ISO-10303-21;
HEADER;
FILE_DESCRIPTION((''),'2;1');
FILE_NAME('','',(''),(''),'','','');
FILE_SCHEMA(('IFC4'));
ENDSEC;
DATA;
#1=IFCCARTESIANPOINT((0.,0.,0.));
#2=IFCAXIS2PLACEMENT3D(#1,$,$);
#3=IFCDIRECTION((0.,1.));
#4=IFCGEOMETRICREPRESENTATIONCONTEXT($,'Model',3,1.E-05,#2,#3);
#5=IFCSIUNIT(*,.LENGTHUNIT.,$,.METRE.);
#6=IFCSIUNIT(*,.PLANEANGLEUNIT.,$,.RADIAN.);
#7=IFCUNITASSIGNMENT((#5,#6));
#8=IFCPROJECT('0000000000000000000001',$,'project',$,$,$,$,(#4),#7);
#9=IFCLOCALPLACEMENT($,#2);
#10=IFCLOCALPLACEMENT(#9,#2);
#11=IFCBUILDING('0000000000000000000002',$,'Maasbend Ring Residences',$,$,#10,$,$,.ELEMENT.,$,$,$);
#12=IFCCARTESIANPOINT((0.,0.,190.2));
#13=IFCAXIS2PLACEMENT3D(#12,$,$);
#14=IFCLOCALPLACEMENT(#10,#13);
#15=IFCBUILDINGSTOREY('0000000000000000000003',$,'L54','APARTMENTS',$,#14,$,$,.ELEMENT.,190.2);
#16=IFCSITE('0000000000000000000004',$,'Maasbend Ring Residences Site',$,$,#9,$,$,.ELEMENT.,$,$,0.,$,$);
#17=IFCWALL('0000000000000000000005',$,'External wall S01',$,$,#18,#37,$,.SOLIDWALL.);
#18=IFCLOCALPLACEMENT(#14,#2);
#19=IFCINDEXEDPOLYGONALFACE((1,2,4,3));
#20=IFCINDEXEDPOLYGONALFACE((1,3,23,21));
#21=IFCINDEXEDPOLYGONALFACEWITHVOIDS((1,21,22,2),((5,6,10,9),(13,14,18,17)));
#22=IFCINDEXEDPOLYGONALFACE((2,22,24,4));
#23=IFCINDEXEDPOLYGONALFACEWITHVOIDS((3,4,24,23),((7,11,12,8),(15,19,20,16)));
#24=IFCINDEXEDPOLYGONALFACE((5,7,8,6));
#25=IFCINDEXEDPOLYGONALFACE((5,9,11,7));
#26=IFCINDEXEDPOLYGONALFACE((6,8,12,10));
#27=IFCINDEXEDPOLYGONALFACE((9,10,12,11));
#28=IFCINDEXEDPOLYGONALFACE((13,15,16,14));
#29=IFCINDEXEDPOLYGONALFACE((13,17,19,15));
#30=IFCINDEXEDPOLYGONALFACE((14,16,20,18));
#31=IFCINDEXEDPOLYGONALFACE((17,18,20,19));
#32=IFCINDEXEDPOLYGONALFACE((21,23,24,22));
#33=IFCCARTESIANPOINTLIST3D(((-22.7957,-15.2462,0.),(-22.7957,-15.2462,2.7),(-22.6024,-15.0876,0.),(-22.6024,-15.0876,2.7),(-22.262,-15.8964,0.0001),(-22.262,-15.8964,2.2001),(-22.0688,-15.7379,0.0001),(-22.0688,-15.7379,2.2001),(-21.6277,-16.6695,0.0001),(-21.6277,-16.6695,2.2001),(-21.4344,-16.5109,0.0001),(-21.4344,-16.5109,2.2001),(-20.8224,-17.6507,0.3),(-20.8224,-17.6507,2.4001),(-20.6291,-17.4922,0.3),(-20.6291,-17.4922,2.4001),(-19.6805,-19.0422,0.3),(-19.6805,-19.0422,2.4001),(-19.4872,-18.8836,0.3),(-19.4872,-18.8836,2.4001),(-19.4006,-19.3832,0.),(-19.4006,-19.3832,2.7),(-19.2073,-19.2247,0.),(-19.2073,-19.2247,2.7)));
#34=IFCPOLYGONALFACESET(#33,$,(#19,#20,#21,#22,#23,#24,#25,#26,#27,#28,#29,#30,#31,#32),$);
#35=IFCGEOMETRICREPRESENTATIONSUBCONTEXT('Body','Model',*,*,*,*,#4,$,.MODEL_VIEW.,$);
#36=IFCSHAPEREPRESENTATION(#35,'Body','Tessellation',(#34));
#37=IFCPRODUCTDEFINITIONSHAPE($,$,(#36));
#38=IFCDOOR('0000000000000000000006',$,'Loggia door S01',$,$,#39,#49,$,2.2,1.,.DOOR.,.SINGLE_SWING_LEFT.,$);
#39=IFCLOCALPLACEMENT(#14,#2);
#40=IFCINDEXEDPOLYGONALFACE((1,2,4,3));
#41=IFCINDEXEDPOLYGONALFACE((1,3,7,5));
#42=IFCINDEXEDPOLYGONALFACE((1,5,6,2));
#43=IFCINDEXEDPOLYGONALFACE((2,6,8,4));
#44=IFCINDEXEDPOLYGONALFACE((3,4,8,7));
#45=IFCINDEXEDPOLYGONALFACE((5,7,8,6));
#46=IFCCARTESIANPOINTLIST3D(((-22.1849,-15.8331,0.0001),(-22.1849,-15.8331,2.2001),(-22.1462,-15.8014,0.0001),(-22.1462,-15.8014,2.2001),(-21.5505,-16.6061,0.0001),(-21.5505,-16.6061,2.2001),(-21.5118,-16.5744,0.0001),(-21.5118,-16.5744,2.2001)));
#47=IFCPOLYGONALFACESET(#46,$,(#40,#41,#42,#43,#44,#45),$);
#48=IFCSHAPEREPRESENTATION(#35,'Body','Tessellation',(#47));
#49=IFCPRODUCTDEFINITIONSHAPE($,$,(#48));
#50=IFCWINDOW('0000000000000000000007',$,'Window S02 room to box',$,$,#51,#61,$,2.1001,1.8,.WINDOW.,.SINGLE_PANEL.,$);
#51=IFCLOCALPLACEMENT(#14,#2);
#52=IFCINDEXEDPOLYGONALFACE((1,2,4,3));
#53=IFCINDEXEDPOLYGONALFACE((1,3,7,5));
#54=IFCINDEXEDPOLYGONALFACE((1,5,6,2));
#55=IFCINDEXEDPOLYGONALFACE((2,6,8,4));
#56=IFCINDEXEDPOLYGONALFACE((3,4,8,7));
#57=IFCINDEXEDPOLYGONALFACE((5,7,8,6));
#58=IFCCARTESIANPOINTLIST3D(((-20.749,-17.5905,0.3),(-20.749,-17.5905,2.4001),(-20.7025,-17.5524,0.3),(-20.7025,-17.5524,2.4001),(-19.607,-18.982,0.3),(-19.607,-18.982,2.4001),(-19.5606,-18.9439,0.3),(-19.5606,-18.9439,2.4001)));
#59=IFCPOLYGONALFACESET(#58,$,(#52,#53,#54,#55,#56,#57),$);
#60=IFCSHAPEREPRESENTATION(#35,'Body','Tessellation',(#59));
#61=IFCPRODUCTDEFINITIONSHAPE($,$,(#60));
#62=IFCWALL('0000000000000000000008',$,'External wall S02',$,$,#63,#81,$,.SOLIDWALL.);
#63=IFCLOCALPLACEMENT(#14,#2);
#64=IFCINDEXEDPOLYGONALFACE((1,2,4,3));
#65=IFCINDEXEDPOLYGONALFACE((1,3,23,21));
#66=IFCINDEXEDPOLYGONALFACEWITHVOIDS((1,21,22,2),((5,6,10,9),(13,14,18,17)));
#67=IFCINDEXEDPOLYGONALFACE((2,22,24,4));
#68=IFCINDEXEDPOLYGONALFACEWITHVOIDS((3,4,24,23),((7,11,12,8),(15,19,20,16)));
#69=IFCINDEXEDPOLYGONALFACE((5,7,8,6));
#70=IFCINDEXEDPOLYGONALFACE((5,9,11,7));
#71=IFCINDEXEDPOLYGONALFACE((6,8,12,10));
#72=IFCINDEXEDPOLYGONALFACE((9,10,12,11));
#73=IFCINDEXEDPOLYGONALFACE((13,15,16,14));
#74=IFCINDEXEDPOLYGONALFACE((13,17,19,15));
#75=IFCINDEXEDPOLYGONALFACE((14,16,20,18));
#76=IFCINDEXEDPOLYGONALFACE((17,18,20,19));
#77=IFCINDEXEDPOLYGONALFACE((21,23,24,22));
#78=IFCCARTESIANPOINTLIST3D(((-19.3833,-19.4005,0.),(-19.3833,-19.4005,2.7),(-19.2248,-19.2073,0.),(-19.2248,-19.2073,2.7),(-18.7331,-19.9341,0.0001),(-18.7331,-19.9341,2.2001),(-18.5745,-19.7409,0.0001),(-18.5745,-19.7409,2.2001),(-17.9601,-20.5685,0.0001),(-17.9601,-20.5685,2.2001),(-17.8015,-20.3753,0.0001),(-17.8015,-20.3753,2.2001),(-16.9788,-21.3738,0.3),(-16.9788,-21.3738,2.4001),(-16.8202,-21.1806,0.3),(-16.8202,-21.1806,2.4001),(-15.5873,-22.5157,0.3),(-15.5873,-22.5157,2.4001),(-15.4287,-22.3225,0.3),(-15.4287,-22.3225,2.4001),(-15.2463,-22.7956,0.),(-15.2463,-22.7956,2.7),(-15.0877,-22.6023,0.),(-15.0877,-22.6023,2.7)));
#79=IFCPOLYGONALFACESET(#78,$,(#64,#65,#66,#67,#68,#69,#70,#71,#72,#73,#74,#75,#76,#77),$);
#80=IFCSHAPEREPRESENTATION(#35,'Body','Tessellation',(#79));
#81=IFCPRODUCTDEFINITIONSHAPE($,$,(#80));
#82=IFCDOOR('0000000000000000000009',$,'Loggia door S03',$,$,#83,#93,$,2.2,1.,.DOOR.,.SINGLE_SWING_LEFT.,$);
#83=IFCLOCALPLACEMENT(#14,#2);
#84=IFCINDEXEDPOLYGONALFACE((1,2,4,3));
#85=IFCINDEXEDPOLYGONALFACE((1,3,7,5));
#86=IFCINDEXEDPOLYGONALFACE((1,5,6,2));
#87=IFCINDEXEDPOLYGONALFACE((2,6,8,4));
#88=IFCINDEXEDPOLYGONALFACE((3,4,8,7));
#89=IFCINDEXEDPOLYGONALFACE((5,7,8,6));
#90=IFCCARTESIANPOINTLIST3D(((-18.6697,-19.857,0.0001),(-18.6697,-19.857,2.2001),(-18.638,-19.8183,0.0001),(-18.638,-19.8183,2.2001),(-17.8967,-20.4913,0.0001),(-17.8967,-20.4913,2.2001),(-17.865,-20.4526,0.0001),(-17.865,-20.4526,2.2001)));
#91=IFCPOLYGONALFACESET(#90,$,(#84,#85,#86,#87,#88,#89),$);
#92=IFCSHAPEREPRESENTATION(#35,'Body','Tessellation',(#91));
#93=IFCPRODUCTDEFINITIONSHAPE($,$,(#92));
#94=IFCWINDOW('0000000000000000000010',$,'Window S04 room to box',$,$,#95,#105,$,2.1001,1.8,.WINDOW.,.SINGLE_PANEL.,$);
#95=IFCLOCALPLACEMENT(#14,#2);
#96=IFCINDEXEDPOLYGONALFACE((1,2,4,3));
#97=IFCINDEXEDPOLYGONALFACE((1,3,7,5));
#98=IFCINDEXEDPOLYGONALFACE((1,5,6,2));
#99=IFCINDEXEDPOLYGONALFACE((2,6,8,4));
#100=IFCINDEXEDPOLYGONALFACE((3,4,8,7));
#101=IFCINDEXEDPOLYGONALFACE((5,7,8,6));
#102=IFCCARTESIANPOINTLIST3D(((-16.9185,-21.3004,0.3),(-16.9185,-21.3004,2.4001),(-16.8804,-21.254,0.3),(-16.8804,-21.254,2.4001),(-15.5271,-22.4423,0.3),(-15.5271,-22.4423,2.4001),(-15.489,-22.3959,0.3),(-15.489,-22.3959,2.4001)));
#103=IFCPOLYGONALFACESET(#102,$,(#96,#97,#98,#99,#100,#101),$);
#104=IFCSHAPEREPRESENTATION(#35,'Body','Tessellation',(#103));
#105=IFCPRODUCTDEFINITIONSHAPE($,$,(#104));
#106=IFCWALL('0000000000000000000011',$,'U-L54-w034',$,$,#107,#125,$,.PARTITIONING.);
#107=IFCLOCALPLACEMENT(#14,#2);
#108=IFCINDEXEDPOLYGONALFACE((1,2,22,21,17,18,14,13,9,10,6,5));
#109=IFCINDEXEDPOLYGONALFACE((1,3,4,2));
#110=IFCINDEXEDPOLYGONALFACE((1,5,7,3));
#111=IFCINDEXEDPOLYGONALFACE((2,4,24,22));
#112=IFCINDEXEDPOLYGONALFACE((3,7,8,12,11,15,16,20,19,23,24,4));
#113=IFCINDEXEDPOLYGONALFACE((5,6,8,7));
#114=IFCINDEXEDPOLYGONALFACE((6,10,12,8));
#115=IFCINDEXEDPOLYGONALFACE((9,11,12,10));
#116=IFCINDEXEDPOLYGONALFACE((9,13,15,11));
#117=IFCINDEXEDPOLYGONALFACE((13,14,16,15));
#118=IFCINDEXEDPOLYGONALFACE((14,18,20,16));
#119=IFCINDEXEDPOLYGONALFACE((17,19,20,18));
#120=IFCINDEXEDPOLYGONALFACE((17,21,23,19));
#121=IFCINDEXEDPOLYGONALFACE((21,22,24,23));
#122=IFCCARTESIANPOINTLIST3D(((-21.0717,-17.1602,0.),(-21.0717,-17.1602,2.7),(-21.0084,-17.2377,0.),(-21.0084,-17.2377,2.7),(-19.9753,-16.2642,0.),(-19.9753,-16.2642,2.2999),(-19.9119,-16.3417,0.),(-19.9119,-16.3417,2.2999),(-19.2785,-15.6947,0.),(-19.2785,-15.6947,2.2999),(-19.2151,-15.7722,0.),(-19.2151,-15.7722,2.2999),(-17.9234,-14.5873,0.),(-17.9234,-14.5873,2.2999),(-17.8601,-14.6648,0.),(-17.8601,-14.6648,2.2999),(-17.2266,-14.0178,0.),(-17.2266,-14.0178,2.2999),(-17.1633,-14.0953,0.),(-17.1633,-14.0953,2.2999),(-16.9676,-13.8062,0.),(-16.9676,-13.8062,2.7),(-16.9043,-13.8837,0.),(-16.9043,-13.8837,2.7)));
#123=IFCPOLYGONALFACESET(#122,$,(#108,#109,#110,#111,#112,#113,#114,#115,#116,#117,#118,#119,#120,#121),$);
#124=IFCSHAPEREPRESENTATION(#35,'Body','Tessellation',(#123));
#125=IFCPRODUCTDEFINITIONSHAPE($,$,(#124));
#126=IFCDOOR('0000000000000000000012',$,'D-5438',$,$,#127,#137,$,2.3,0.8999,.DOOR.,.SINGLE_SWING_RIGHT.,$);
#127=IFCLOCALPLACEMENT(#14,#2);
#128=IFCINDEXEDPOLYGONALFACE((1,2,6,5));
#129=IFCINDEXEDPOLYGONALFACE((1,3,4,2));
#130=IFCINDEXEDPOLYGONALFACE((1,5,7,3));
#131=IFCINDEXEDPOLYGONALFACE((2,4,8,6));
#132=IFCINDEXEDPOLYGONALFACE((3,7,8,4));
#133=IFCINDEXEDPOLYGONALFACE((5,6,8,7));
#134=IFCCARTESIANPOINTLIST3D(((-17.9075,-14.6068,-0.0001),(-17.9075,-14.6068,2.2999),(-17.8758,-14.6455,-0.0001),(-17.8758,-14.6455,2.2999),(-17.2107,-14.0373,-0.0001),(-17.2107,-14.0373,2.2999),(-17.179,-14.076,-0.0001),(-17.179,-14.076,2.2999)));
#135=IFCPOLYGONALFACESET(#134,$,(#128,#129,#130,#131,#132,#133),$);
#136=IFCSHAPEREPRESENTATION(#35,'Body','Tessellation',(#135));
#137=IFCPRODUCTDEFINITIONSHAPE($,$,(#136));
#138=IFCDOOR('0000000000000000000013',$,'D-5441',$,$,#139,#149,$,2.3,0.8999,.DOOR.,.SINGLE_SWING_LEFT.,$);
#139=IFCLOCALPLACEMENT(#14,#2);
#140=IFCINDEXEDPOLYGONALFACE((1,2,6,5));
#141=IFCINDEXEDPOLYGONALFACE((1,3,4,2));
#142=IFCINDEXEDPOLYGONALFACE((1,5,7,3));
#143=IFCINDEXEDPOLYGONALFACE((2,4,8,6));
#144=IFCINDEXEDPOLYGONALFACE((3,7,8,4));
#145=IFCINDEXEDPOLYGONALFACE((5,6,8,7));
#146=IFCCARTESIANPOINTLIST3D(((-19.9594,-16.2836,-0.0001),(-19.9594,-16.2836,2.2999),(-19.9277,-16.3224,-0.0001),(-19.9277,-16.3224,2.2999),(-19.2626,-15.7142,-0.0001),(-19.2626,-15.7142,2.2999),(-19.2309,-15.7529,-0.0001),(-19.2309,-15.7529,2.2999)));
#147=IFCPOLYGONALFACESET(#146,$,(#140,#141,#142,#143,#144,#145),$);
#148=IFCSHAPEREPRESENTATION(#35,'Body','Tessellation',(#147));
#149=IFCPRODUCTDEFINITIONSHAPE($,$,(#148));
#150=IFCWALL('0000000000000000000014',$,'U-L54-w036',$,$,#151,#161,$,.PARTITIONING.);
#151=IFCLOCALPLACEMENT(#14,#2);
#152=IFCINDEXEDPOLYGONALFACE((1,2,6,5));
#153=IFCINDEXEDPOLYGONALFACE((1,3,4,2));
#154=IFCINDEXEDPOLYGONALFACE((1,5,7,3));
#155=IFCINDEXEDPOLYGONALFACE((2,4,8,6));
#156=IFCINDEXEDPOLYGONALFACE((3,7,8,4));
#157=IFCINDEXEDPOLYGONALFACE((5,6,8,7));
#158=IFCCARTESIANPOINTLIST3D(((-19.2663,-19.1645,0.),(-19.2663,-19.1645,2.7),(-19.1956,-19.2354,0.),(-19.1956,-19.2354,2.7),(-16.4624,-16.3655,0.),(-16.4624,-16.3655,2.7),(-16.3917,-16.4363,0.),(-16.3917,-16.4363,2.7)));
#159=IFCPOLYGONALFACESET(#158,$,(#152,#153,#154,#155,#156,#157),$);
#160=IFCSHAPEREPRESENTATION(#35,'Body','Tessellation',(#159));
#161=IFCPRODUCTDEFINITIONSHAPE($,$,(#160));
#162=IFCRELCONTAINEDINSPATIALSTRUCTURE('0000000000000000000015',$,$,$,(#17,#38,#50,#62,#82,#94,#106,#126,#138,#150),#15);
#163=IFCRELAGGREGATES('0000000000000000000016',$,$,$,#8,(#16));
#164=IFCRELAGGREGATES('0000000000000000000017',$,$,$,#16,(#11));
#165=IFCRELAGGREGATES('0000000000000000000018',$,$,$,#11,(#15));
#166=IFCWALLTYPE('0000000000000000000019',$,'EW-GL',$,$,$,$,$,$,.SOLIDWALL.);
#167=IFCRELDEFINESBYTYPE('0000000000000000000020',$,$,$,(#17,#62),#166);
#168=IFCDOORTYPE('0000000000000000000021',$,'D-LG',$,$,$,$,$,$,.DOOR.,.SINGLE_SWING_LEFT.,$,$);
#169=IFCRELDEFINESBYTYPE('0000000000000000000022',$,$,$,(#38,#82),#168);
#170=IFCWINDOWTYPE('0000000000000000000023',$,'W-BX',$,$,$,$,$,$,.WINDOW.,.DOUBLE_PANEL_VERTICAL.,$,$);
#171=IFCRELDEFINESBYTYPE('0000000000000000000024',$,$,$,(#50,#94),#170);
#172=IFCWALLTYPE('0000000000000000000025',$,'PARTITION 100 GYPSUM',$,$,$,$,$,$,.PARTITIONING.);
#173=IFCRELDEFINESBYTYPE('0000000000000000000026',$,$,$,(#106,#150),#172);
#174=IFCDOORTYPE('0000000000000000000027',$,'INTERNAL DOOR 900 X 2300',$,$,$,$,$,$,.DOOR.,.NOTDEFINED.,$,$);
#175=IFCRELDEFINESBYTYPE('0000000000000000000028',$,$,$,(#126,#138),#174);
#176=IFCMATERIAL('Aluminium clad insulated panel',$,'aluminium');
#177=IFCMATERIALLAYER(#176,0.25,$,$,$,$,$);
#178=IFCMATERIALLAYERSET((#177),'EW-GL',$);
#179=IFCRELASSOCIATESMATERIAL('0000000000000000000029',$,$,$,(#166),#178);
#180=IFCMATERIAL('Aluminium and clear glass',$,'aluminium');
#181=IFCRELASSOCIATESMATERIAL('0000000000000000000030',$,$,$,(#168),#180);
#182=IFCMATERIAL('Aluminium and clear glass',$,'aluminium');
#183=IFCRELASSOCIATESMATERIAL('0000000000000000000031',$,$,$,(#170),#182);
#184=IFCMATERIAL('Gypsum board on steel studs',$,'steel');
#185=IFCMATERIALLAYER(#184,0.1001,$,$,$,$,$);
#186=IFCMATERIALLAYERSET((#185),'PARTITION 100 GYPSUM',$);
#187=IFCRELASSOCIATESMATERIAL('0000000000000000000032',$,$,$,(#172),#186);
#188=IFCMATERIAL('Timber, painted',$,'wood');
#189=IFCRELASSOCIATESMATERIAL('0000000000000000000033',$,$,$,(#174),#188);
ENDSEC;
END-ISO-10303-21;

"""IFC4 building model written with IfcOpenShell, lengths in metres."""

from ifc_helpers import new_model, si_unit, direction, frame, frame_2d, origin, place, context, subcontext, project, spatial, rectangle, extrude, material, layer, layer_set, type_object, element, fill, save


model = new_model("IFC4")

# Units and contexts
model_context = context("Model", 3, precision=1e-05, world=origin(), true_north=direction((0.0, 1.0)))
body_context = subcontext(model_context, "Body", "Model", "MODEL_VIEW")
ifc_project = project(units=[si_unit("LENGTHUNIT", "METRE"), si_unit("PLANEANGLEUNIT", "RADIAN")], contexts=[model_context])

# Site, building, storey
site_placement = place(None, origin())
site = spatial("IfcSite", under=ifc_project, at=site_placement, Name="Maasbend Ring Residences Site", CompositionType="ELEMENT", RefElevation=0.0)
building_placement = place(site_placement, origin())
building = spatial("IfcBuilding", under=site, at=building_placement, Name="Maasbend Ring Residences", CompositionType="ELEMENT")
storey_placement = place(building_placement, frame((0.0, 0.0, 190.2)))
storey = spatial("IfcBuildingStorey", under=building, at=storey_placement, Name="L54", Description="APARTMENTS", CompositionType="ELEMENT", Elevation=190.2)

# Walls, openings, doors, windows
ifc_material_1 = material(Name="Aluminium clad insulated panel", Category="aluminium")
ifc_layer_1 = layer(ifc_material_1, 0.25)
ifc_layer_set_1 = layer_set([ifc_layer_1], Name="EW-GL")
wall_type_1 = type_object("IfcWallType", Name="EW-GL", PredefinedType="SOLIDWALL", material=ifc_layer_set_1)
wall_1_placement = place(storey_placement, frame((-22.699, -15.167, 0.0), z_axis=(0.0, 0.0, 1.0), x_axis=(0.634382, -0.773019, 0.0)))
wall_1 = element("IfcWall", 1, at=wall_1_placement, inside=storey, type_object=wall_type_1, Name="External wall S01", PredefinedType="SOLIDWALL", context=body_context, shape_type="SweptSolid", body=[
    extrude(rectangle(XDim=5.3518, YDim=0.25, at=frame_2d((2.6758, 0.0))), origin(), (0.0, 0.0, 1.0), 2.7),
])
opening_1_placement = place(wall_1_placement, frame((0.8411, 0.0, 0.0)))
opening_1 = element("IfcOpeningElement", 2, at=opening_1_placement, cuts=wall_1, PredefinedType="OPENING", context=body_context, shape_type="SweptSolid", body=[
    extrude(rectangle(XDim=1.0, YDim=2.2, at=frame_2d((0.5, 1.1001))), frame((0.0, 0.135, 0.0), z_axis=(0.0, -1.0, 0.0), x_axis=(1.0, 0.0, 0.0)), (0.0, 0.0, 1.0), 0.27),
])
opening_2_placement = place(wall_1_placement, frame((3.1106, 0.0, 0.3)))
opening_2 = element("IfcOpeningElement", 3, at=opening_2_placement, cuts=wall_1, PredefinedType="OPENING", context=body_context, shape_type="SweptSolid", body=[
    extrude(rectangle(XDim=1.8, YDim=2.1001, at=frame_2d((0.8999, 1.05))), frame((0.0, 0.135, 0.0), z_axis=(0.0, -1.0, 0.0), x_axis=(1.0, 0.0, 0.0)), (0.0, 0.0, 1.0), 0.27),
])
ifc_material_2 = material(Name="Aluminium and clear glass", Category="aluminium")
door_type_1 = type_object("IfcDoorType", Name="D-LG", OperationType="SINGLE_SWING_LEFT", PredefinedType="DOOR", material=ifc_material_2)
door_1_placement = place(opening_1_placement, origin())
door_1 = element("IfcDoor", 4, at=door_1_placement, inside=storey, type_object=door_type_1, Name="Loggia door S01", OperationType="SINGLE_SWING_LEFT", OverallHeight=2.2, OverallWidth=1.0, PredefinedType="DOOR", context=body_context, shape_type="SweptSolid", body=[
    extrude(rectangle(XDim=1.0, YDim=2.2, at=frame_2d((0.5, 1.1001))), frame((0.0, 0.0249, 0.0), z_axis=(0.0, -1.0, 0.0), x_axis=(1.0, 0.0, 0.0)), (0.0, 0.0, 1.0), 0.05),
])
fill(opening_1, door_1)
ifc_material_3 = material(Name="Aluminium and clear glass", Category="aluminium")
window_type_1 = type_object("IfcWindowType", Name="W-BX", PartitioningType="DOUBLE_PANEL_VERTICAL", PredefinedType="WINDOW", material=ifc_material_3)
window_1_placement = place(opening_2_placement, origin())
window_1 = element("IfcWindow", 5, at=window_1_placement, inside=storey, type_object=window_type_1, Name="Window S02 room to box", OverallHeight=2.1001, OverallWidth=1.8, PartitioningType="SINGLE_PANEL", PredefinedType="WINDOW", context=body_context, shape_type="SweptSolid", body=[
    extrude(rectangle(XDim=1.8, YDim=2.1001, at=frame_2d((0.8999, 1.05))), frame((0.0, 0.03, 0.0), z_axis=(0.0, -1.0, 0.0), x_axis=(1.0, 0.0, 0.0)), (0.0, 0.0, 1.0), 0.0601),
])
fill(opening_2, window_1)
wall_2_placement = place(storey_placement, frame((-19.304, -19.304, 0.0), z_axis=(0.0, 0.0, 1.0), x_axis=(0.773019, -0.634382, 0.0)))
wall_2 = element("IfcWall", 6, at=wall_2_placement, inside=storey, type_object=wall_type_1, Name="External wall S02", PredefinedType="SOLIDWALL", context=body_context, shape_type="SweptSolid", body=[
    extrude(rectangle(XDim=5.3518, YDim=0.25, at=frame_2d((2.6758, 0.0))), origin(), (0.0, 0.0, 1.0), 2.7),
])
opening_3_placement = place(wall_2_placement, frame((0.8411, 0.0, 0.0)))
opening_3 = element("IfcOpeningElement", 7, at=opening_3_placement, cuts=wall_2, PredefinedType="OPENING", context=body_context, shape_type="SweptSolid", body=[
    extrude(rectangle(XDim=1.0, YDim=2.2, at=frame_2d((0.5, 1.1001))), frame((0.0, 0.135, 0.0), z_axis=(0.0, -1.0, 0.0), x_axis=(1.0, 0.0, 0.0)), (0.0, 0.0, 1.0), 0.27),
])
opening_4_placement = place(wall_2_placement, frame((3.1106, 0.0, 0.3)))
opening_4 = element("IfcOpeningElement", 8, at=opening_4_placement, cuts=wall_2, PredefinedType="OPENING", context=body_context, shape_type="SweptSolid", body=[
    extrude(rectangle(XDim=1.8, YDim=2.1001, at=frame_2d((0.8999, 1.05))), frame((0.0, 0.135, 0.0), z_axis=(0.0, -1.0, 0.0), x_axis=(1.0, 0.0, 0.0)), (0.0, 0.0, 1.0), 0.27),
])
door_2_placement = place(opening_3_placement, origin())
door_2 = element("IfcDoor", 9, at=door_2_placement, inside=storey, type_object=door_type_1, Name="Loggia door S03", OperationType="SINGLE_SWING_LEFT", OverallHeight=2.2, OverallWidth=1.0, PredefinedType="DOOR", context=body_context, shape_type="SweptSolid", body=[
    extrude(rectangle(XDim=1.0, YDim=2.2, at=frame_2d((0.5, 1.1001))), frame((0.0, 0.0249, 0.0), z_axis=(0.0, -1.0, 0.0), x_axis=(1.0, 0.0, 0.0)), (0.0, 0.0, 1.0), 0.05),
])
fill(opening_3, door_2)
window_2_placement = place(opening_4_placement, origin())
window_2 = element("IfcWindow", 10, at=window_2_placement, inside=storey, type_object=window_type_1, Name="Window S04 room to box", OverallHeight=2.1001, OverallWidth=1.8, PartitioningType="SINGLE_PANEL", PredefinedType="WINDOW", context=body_context, shape_type="SweptSolid", body=[
    extrude(rectangle(XDim=1.8, YDim=2.1001, at=frame_2d((0.8999, 1.05))), frame((0.0, 0.03, 0.0), z_axis=(0.0, -1.0, 0.0), x_axis=(1.0, 0.0, 0.0)), (0.0, 0.0, 1.0), 0.0601),
])
fill(opening_4, window_2)

# Wall, openings, doors
ifc_material_4 = material(Name="Gypsum board on steel studs", Category="steel")
ifc_layer_2 = layer(ifc_material_4, 0.1001)
ifc_layer_set_2 = layer_set([ifc_layer_2], Name="PARTITION 100 GYPSUM")
wall_type_2 = type_object("IfcWallType", Name="PARTITION 100 GYPSUM", PredefinedType="PARTITIONING", material=ifc_layer_set_2)
wall_3_placement = place(storey_placement, frame((-21.04, -17.199, 0.0), z_axis=(0.0, 0.0, 1.0), x_axis=(0.77431, 0.632806, 0.0)))
wall_3 = element("IfcWall", 11, at=wall_3_placement, inside=storey, type_object=wall_type_2, Name="U-L54-w034", PredefinedType="PARTITIONING", context=body_context, shape_type="SweptSolid", body=[
    extrude(rectangle(XDim=5.3003, YDim=0.1001, at=frame_2d((2.6501, 0.0))), origin(), (0.0, 0.0, 1.0), 2.7),
])
opening_5_placement = place(wall_3_placement, frame((4.0659, 0.0, 0.0)))
opening_5 = element("IfcOpeningElement", 12, at=opening_5_placement, cuts=wall_3, PredefinedType="OPENING", context=body_context, shape_type="SweptSolid", body=[
    extrude(rectangle(XDim=0.8999, YDim=2.3, at=frame_2d((0.45, 1.1499))), frame((0.0, 0.0601, 0.0), z_axis=(0.0, -1.0, 0.0), x_axis=(1.0, 0.0, 0.0)), (0.0, 0.0, 1.0), 0.1201),
])
opening_6_placement = place(wall_3_placement, frame((1.416, 0.0, 0.0)))
opening_6 = element("IfcOpeningElement", 13, at=opening_6_placement, cuts=wall_3, PredefinedType="OPENING", context=body_context, shape_type="SweptSolid", body=[
    extrude(rectangle(XDim=0.8999, YDim=2.3, at=frame_2d((0.45, 1.1499))), frame((0.0, 0.0601, 0.0), z_axis=(0.0, -1.0, 0.0), x_axis=(1.0, 0.0, 0.0)), (0.0, 0.0, 1.0), 0.1201),
])
ifc_material_5 = material(Name="Timber, painted", Category="wood")
door_type_2 = type_object("IfcDoorType", Name="INTERNAL DOOR 900 X 2300", OperationType="NOTDEFINED", PredefinedType="DOOR", material=ifc_material_5)
door_3_placement = place(opening_5_placement, origin())
door_3 = element("IfcDoor", 14, at=door_3_placement, inside=storey, type_object=door_type_2, Name="D-5438", OperationType="SINGLE_SWING_RIGHT", OverallHeight=2.3, OverallWidth=0.8999, PredefinedType="DOOR", context=body_context, shape_type="SweptSolid", body=[
    extrude(rectangle(XDim=0.8999, YDim=2.3, at=frame_2d((0.45, 1.1499))), frame((0.0, 0.0249, 0.0), z_axis=(0.0, -1.0, 0.0), x_axis=(1.0, 0.0, 0.0)), (0.0, 0.0, 1.0), 0.05),
])
fill(opening_5, door_3)
door_4_placement = place(opening_6_placement, origin())
door_4 = element("IfcDoor", 15, at=door_4_placement, inside=storey, type_object=door_type_2, Name="D-5441", OperationType="SINGLE_SWING_LEFT", OverallHeight=2.3, OverallWidth=0.8999, PredefinedType="DOOR", context=body_context, shape_type="SweptSolid", body=[
    extrude(rectangle(XDim=0.8999, YDim=2.3, at=frame_2d((0.45, 1.1499))), frame((0.0, 0.0249, 0.0), z_axis=(0.0, -1.0, 0.0), x_axis=(1.0, 0.0, 0.0)), (0.0, 0.0, 1.0), 0.05),
])
fill(opening_6, door_4)

# Wall
wall_4_placement = place(storey_placement, frame((-19.231, -19.2, 0.0), z_axis=(0.0, 0.0, 1.0), x_axis=(0.707723, 0.70649, 0.0)))
element("IfcWall", 16, at=wall_4_placement, inside=storey, type_object=wall_type_2, Name="U-L54-w036", PredefinedType="PARTITIONING", context=body_context, shape_type="SweptSolid", body=[
    extrude(rectangle(XDim=3.9619, YDim=0.1001, at=frame_2d((1.981, 0.0))), origin(), (0.0, 0.0, 1.0), 2.7),
])

save(model, "model.ifc")
